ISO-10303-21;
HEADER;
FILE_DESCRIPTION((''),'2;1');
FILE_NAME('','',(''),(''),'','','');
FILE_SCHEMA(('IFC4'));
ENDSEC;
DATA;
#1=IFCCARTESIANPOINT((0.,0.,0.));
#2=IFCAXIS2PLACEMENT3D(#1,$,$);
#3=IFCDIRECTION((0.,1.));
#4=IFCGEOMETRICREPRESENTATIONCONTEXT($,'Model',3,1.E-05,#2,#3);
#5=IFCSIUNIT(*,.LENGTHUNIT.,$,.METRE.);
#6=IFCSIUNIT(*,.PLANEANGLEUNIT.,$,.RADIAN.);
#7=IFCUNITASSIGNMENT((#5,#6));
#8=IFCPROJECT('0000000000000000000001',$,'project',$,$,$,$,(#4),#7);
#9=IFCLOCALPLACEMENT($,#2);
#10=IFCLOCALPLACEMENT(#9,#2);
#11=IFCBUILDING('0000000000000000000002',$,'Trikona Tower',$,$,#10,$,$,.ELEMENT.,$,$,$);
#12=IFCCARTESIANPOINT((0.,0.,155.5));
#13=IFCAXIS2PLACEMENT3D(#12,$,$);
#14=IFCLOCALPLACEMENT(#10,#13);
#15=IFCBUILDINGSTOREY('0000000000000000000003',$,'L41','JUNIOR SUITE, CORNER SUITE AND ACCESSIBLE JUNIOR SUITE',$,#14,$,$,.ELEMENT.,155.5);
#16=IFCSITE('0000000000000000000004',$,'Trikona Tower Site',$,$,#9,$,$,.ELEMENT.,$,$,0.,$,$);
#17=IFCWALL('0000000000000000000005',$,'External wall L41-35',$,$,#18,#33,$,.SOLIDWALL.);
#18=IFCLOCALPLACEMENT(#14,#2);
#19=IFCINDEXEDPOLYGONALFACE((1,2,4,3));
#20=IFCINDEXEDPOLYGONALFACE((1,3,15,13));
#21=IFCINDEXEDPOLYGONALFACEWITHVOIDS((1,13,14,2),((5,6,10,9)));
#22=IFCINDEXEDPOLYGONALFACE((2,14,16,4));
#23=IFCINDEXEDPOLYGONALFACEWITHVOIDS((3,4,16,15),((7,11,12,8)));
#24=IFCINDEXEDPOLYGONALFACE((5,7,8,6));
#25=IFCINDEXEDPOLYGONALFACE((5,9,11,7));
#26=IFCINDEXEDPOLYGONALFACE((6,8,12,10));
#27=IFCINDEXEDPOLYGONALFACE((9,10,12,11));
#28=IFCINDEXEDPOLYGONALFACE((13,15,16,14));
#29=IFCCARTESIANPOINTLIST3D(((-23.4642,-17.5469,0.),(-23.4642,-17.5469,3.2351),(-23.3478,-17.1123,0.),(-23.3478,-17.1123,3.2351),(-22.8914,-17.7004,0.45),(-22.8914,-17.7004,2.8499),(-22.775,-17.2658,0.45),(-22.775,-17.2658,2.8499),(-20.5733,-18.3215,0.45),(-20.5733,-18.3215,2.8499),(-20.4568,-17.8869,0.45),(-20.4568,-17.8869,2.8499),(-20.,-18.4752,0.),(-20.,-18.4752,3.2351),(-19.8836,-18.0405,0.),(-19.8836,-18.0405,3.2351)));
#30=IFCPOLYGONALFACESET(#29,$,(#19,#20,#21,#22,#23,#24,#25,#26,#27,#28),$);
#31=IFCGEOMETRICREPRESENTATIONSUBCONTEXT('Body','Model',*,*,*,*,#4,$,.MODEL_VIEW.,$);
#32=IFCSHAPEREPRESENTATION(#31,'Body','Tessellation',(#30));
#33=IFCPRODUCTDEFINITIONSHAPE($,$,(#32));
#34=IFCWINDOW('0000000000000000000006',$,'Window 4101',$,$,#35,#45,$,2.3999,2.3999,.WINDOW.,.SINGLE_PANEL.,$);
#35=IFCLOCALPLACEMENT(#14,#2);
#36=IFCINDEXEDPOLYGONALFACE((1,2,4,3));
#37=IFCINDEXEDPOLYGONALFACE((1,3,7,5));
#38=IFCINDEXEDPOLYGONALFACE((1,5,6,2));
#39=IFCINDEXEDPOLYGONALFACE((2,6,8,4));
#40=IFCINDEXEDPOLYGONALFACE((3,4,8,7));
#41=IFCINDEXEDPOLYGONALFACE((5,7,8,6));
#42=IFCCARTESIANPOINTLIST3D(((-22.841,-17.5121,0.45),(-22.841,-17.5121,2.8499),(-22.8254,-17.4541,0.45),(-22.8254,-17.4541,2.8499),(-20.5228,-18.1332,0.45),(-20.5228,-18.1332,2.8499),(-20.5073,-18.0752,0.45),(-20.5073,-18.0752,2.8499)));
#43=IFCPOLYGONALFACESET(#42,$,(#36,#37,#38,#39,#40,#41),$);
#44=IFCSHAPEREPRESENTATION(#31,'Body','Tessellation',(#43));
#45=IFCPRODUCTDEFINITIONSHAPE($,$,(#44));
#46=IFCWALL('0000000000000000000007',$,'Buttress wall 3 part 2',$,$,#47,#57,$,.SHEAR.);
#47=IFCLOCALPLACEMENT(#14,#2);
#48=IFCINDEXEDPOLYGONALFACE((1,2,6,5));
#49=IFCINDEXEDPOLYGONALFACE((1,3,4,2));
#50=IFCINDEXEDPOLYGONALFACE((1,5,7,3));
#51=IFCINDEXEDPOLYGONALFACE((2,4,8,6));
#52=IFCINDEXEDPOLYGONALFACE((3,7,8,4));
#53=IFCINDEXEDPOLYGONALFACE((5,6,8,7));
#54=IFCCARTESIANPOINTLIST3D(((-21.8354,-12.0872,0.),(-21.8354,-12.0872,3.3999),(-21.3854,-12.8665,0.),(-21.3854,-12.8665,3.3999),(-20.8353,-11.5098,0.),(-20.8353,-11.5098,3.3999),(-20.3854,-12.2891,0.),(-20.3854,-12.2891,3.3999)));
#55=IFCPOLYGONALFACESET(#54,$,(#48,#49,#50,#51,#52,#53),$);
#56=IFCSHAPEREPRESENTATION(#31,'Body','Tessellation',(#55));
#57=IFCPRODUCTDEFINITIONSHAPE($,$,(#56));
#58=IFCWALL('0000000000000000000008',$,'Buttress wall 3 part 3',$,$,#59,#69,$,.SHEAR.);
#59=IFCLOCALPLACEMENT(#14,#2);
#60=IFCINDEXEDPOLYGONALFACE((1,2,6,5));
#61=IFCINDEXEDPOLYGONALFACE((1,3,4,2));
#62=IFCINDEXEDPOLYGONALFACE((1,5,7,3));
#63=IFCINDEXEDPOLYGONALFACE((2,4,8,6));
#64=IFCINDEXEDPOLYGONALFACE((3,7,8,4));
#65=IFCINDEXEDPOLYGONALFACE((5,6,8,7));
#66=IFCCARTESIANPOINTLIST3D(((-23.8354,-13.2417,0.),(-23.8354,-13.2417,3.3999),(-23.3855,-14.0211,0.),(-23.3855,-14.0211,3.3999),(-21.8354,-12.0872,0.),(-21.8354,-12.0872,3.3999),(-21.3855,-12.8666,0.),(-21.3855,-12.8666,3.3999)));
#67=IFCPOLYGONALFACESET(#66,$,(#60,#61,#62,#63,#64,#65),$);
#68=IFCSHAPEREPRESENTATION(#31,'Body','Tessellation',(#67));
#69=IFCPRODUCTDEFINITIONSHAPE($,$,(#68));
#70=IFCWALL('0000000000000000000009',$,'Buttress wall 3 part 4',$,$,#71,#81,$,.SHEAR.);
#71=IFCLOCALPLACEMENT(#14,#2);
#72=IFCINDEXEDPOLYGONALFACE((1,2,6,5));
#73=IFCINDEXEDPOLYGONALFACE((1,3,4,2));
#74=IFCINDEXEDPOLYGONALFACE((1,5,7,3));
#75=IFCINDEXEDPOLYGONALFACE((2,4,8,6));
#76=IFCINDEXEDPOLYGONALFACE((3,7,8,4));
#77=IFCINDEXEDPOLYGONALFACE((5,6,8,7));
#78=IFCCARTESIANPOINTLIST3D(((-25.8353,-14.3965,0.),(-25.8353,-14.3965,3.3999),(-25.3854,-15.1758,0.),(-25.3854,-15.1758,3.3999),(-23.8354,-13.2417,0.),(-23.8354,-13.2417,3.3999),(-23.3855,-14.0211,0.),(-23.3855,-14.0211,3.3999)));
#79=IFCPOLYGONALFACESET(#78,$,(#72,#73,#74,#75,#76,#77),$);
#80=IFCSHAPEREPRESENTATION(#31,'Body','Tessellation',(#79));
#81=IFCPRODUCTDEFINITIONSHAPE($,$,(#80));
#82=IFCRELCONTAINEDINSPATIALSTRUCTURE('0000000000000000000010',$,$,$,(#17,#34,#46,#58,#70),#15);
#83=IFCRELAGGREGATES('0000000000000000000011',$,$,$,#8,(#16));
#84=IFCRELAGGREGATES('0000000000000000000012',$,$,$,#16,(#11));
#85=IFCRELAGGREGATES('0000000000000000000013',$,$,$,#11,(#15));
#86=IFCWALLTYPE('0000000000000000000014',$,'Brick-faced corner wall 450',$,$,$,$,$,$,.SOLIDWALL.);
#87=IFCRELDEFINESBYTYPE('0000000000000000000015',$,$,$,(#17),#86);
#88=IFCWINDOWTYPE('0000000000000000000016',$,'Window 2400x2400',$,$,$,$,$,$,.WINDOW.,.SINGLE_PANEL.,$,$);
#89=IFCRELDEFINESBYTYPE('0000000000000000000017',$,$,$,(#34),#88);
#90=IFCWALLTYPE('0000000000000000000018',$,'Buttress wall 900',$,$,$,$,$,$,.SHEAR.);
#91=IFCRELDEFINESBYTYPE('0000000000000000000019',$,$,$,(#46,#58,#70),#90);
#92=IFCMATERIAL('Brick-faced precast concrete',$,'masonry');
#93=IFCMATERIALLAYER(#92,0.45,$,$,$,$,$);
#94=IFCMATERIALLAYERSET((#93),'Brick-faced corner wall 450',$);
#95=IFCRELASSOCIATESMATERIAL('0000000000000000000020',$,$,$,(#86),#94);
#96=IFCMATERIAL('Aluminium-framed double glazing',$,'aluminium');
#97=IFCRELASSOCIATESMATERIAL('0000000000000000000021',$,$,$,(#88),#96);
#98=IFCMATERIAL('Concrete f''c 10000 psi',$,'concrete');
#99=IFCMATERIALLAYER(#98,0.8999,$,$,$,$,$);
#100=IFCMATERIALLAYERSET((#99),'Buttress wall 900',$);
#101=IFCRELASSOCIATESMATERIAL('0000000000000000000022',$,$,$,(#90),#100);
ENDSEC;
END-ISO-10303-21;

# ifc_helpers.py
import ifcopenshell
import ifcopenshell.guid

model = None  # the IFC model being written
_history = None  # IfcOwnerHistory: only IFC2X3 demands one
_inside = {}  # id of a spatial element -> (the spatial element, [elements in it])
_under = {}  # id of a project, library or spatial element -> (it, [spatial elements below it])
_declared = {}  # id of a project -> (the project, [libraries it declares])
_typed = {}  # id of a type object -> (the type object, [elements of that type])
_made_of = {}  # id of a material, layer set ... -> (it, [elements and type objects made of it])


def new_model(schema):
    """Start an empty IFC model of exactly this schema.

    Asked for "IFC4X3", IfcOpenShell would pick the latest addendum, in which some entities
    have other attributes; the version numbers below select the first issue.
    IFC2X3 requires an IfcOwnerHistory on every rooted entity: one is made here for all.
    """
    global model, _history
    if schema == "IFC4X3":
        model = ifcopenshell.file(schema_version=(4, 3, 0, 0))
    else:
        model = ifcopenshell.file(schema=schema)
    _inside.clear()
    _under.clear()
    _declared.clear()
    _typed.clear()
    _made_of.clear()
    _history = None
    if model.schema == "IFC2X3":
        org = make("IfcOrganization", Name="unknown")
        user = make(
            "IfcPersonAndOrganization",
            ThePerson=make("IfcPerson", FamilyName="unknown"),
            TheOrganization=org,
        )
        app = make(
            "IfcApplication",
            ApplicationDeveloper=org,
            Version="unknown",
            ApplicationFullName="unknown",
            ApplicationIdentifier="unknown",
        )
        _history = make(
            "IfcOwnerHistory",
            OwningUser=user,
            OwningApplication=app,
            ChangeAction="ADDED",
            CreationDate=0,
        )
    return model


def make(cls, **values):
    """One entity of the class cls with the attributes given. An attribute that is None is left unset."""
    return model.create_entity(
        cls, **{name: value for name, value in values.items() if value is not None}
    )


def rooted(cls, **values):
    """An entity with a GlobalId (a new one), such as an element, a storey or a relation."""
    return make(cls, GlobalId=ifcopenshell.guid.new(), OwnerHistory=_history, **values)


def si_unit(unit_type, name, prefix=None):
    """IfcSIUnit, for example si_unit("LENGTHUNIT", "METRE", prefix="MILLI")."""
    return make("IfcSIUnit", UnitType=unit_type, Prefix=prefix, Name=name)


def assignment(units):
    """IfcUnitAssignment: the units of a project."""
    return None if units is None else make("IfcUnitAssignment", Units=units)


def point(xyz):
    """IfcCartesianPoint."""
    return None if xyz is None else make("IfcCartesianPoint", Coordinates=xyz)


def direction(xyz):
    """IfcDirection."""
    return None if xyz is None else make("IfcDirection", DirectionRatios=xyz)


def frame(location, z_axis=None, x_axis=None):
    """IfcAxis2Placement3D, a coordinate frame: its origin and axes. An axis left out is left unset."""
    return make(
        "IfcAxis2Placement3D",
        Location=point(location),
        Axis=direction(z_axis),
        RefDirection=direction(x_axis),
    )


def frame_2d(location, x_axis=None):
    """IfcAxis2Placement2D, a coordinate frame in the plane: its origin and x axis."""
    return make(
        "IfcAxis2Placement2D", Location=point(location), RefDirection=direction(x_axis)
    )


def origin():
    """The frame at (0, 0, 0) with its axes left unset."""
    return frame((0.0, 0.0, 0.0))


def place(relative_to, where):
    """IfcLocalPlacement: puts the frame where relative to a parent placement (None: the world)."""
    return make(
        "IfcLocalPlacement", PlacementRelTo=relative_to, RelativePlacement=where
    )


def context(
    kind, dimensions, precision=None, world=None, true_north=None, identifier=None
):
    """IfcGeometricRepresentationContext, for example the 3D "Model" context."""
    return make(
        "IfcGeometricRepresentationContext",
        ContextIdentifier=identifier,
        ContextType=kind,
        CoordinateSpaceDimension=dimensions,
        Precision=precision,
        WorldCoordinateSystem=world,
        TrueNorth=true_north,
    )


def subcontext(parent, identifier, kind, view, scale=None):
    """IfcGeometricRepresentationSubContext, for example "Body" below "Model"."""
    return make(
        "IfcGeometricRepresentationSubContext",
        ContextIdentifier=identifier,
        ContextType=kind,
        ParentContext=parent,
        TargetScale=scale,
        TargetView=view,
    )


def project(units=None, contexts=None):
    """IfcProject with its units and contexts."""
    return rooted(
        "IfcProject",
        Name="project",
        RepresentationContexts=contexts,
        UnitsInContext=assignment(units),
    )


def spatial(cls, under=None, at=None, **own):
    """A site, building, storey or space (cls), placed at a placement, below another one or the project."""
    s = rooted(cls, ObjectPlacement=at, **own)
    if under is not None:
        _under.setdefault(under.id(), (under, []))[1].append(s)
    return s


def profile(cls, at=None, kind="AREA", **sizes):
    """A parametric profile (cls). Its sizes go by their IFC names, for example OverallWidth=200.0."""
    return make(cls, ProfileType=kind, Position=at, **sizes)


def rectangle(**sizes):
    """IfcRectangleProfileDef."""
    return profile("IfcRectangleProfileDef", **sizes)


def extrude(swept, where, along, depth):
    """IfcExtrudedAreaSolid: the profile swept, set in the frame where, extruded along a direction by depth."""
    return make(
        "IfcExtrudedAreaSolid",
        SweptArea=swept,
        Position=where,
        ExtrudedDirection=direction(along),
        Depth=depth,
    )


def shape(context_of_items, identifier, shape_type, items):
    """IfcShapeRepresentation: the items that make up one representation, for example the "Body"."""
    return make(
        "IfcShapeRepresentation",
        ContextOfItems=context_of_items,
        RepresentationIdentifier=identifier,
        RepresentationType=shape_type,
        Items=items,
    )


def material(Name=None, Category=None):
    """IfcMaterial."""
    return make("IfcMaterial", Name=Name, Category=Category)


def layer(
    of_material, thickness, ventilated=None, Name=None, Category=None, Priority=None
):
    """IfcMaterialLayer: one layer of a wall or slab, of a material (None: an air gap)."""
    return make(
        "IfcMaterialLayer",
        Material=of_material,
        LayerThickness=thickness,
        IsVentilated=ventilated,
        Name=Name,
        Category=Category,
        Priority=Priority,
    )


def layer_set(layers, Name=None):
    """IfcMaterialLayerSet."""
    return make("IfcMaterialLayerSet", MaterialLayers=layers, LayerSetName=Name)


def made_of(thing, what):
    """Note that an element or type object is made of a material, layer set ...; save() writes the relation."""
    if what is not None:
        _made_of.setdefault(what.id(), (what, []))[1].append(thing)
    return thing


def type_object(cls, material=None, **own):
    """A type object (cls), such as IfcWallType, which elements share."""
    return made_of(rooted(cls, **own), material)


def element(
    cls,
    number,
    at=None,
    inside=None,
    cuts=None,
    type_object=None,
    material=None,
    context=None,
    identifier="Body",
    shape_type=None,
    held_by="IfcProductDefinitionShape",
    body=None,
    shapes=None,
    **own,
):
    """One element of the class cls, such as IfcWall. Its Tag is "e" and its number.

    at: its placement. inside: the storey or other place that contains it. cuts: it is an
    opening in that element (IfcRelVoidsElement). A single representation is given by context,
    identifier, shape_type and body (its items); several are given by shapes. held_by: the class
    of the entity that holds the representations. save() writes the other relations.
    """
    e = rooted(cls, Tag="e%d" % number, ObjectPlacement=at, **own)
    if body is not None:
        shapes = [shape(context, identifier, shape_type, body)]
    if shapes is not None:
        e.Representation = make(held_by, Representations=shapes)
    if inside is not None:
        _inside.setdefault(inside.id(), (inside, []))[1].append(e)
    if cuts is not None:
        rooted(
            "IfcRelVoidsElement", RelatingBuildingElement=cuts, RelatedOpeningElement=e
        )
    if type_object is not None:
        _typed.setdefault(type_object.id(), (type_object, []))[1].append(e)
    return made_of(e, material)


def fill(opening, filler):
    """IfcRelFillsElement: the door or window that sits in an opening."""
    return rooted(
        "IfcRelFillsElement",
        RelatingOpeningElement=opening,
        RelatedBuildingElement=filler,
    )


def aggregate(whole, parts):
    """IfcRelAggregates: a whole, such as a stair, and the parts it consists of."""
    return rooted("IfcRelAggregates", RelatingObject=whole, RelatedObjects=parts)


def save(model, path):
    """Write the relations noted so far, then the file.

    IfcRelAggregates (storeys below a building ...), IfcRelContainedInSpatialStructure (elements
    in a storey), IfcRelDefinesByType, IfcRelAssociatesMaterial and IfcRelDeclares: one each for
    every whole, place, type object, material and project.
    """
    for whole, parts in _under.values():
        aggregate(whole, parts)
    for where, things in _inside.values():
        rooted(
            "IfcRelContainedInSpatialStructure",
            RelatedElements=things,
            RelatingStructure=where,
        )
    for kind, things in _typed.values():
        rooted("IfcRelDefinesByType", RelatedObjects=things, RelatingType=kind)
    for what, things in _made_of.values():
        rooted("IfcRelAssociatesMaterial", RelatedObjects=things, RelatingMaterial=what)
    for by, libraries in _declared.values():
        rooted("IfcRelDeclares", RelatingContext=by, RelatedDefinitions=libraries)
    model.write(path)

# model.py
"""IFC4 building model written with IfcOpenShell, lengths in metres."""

from ifc_helpers import new_model, si_unit, direction, frame, frame_2d, origin, place, context, subcontext, project, spatial, rectangle, extrude, material, layer, layer_set, type_object, element, fill, save


model = new_model("IFC4")

# Units and contexts
model_context = context("Model", 3, precision=1e-05, world=origin(), true_north=direction((0.0, 1.0)))
body_context = subcontext(model_context, "Body", "Model", "MODEL_VIEW")
ifc_project = project(units=[si_unit("LENGTHUNIT", "METRE"), si_unit("PLANEANGLEUNIT", "RADIAN")], contexts=[model_context])

# Site, building, storey
site_placement = place(None, origin())
site = spatial("IfcSite", under=ifc_project, at=site_placement, Name="Trikona Tower Site", CompositionType="ELEMENT", RefElevation=0.0)
building_placement = place(site_placement, origin())
building = spatial("IfcBuilding", under=site, at=building_placement, Name="Trikona Tower", CompositionType="ELEMENT")
storey_placement = place(building_placement, frame((0.0, 0.0, 155.5)))
storey = spatial("IfcBuildingStorey", under=building, at=storey_placement, Name="L41", Description="JUNIOR SUITE, CORNER SUITE AND ACCESSIBLE JUNIOR SUITE", CompositionType="ELEMENT", Elevation=155.5)

# Wall, opening, window
ifc_material_1 = material(Name="Brick-faced precast concrete", Category="masonry")
ifc_layer_1 = layer(ifc_material_1, 0.45)
ifc_layer_set_1 = layer_set([ifc_layer_1], Name="Brick-faced corner wall 450")
wall_type_1 = type_object("IfcWallType", Name="Brick-faced corner wall 450", PredefinedType="SOLIDWALL", material=ifc_layer_set_1)
wall_1_placement = place(storey_placement, frame((-23.406, -17.3296, 0.0), z_axis=(0.0, 0.0, 1.0), x_axis=(0.965925, -0.258823, 0.0)))
wall_1 = element("IfcWall", 1, at=wall_1_placement, inside=storey, type_object=wall_type_1, Name="External wall L41-35", PredefinedType="SOLIDWALL", context=body_context, shape_type="SweptSolid", body=[
    extrude(rectangle(XDim=3.5864, YDim=0.45, at=frame_2d((1.7932, 0.0))), origin(), (0.0, 0.0, 1.0), 3.2351),
])
opening_1_placement = place(wall_1_placement, frame((0.593, 0.0, 0.45)))
opening_1 = element("IfcOpeningElement", 2, at=opening_1_placement, cuts=wall_1, PredefinedType="OPENING", context=body_context, shape_type="SweptSolid", body=[
    extrude(rectangle(XDim=2.3999, YDim=2.3999, at=frame_2d((1.2, 1.2))), frame((0.0, 0.2349, 0.0), z_axis=(0.0, -1.0, 0.0), x_axis=(1.0, 0.0, 0.0)), (0.0, 0.0, 1.0), 0.47),
])
ifc_material_2 = material(Name="Aluminium-framed double glazing", Category="aluminium")
window_type_1 = type_object("IfcWindowType", Name="Window 2400x2400", PartitioningType="SINGLE_PANEL", PredefinedType="WINDOW", material=ifc_material_2)
window_1_placement = place(opening_1_placement, origin())
window_1 = element("IfcWindow", 3, at=window_1_placement, inside=storey, type_object=window_type_1, Name="Window 4101", OverallHeight=2.3999, OverallWidth=2.3999, PartitioningType="SINGLE_PANEL", PredefinedType="WINDOW", context=body_context, shape_type="SweptSolid", body=[
    extrude(rectangle(XDim=2.3999, YDim=2.3999, at=frame_2d((1.2, 1.2))), frame((0.0, 0.03, 0.0), z_axis=(0.0, -1.0, 0.0), x_axis=(1.0, 0.0, 0.0)), (0.0, 0.0, 1.0), 0.0601),
])
fill(opening_1, window_1)

# Walls
ifc_material_3 = material(Name="Concrete f'c 10000 psi", Category="concrete")
ifc_layer_2 = layer(ifc_material_3, 0.8999)
ifc_layer_set_2 = layer_set([ifc_layer_2], Name="Buttress wall 900")
wall_type_2 = type_object("IfcWallType", Name="Buttress wall 900", PredefinedType="SHEAR", material=ifc_layer_set_2)
wall_2_placement = place(storey_placement, frame((-20.6104, -11.8994, 0.0), z_axis=(0.0, 0.0, 1.0), x_axis=(-0.86601, -0.500027, 0.0)))
element("IfcWall", 4, at=wall_2_placement, inside=storey, type_object=wall_type_2, Name="Buttress wall 3 part 2", PredefinedType="SHEAR", context=body_context, shape_type="SweptSolid", body=[
    extrude(rectangle(XDim=1.1548, YDim=0.8999, at=frame_2d((0.5774, 0.0))), origin(), (0.0, 0.0, 1.0), 3.3999),
])
for number, where, z_axis, x_axis, name in (
    (5, (-21.6104, -12.4768, 0.0), (0.0, 0.0, 1.0), (-0.866055, -0.499948, 0.0), "Buttress wall 3 part 3"),
    (6, (-23.6104, -13.6313, 0.0), (0.0, 0.0, 1.0), (-0.86601, -0.500027, 0.0), "Buttress wall 3 part 4"),
):
    element("IfcWall", number, at=place(storey_placement, frame(where, z_axis=z_axis, x_axis=x_axis)), inside=storey, type_object=wall_type_2, Name=name, PredefinedType="SHEAR", context=body_context, shape_type="SweptSolid", body=[
        extrude(rectangle(XDim=2.3093, YDim=0.8999, at=frame_2d((1.1548, 0.0))), origin(), (0.0, 0.0, 1.0), 3.3999),
    ])

save(model, "model.ifc")
